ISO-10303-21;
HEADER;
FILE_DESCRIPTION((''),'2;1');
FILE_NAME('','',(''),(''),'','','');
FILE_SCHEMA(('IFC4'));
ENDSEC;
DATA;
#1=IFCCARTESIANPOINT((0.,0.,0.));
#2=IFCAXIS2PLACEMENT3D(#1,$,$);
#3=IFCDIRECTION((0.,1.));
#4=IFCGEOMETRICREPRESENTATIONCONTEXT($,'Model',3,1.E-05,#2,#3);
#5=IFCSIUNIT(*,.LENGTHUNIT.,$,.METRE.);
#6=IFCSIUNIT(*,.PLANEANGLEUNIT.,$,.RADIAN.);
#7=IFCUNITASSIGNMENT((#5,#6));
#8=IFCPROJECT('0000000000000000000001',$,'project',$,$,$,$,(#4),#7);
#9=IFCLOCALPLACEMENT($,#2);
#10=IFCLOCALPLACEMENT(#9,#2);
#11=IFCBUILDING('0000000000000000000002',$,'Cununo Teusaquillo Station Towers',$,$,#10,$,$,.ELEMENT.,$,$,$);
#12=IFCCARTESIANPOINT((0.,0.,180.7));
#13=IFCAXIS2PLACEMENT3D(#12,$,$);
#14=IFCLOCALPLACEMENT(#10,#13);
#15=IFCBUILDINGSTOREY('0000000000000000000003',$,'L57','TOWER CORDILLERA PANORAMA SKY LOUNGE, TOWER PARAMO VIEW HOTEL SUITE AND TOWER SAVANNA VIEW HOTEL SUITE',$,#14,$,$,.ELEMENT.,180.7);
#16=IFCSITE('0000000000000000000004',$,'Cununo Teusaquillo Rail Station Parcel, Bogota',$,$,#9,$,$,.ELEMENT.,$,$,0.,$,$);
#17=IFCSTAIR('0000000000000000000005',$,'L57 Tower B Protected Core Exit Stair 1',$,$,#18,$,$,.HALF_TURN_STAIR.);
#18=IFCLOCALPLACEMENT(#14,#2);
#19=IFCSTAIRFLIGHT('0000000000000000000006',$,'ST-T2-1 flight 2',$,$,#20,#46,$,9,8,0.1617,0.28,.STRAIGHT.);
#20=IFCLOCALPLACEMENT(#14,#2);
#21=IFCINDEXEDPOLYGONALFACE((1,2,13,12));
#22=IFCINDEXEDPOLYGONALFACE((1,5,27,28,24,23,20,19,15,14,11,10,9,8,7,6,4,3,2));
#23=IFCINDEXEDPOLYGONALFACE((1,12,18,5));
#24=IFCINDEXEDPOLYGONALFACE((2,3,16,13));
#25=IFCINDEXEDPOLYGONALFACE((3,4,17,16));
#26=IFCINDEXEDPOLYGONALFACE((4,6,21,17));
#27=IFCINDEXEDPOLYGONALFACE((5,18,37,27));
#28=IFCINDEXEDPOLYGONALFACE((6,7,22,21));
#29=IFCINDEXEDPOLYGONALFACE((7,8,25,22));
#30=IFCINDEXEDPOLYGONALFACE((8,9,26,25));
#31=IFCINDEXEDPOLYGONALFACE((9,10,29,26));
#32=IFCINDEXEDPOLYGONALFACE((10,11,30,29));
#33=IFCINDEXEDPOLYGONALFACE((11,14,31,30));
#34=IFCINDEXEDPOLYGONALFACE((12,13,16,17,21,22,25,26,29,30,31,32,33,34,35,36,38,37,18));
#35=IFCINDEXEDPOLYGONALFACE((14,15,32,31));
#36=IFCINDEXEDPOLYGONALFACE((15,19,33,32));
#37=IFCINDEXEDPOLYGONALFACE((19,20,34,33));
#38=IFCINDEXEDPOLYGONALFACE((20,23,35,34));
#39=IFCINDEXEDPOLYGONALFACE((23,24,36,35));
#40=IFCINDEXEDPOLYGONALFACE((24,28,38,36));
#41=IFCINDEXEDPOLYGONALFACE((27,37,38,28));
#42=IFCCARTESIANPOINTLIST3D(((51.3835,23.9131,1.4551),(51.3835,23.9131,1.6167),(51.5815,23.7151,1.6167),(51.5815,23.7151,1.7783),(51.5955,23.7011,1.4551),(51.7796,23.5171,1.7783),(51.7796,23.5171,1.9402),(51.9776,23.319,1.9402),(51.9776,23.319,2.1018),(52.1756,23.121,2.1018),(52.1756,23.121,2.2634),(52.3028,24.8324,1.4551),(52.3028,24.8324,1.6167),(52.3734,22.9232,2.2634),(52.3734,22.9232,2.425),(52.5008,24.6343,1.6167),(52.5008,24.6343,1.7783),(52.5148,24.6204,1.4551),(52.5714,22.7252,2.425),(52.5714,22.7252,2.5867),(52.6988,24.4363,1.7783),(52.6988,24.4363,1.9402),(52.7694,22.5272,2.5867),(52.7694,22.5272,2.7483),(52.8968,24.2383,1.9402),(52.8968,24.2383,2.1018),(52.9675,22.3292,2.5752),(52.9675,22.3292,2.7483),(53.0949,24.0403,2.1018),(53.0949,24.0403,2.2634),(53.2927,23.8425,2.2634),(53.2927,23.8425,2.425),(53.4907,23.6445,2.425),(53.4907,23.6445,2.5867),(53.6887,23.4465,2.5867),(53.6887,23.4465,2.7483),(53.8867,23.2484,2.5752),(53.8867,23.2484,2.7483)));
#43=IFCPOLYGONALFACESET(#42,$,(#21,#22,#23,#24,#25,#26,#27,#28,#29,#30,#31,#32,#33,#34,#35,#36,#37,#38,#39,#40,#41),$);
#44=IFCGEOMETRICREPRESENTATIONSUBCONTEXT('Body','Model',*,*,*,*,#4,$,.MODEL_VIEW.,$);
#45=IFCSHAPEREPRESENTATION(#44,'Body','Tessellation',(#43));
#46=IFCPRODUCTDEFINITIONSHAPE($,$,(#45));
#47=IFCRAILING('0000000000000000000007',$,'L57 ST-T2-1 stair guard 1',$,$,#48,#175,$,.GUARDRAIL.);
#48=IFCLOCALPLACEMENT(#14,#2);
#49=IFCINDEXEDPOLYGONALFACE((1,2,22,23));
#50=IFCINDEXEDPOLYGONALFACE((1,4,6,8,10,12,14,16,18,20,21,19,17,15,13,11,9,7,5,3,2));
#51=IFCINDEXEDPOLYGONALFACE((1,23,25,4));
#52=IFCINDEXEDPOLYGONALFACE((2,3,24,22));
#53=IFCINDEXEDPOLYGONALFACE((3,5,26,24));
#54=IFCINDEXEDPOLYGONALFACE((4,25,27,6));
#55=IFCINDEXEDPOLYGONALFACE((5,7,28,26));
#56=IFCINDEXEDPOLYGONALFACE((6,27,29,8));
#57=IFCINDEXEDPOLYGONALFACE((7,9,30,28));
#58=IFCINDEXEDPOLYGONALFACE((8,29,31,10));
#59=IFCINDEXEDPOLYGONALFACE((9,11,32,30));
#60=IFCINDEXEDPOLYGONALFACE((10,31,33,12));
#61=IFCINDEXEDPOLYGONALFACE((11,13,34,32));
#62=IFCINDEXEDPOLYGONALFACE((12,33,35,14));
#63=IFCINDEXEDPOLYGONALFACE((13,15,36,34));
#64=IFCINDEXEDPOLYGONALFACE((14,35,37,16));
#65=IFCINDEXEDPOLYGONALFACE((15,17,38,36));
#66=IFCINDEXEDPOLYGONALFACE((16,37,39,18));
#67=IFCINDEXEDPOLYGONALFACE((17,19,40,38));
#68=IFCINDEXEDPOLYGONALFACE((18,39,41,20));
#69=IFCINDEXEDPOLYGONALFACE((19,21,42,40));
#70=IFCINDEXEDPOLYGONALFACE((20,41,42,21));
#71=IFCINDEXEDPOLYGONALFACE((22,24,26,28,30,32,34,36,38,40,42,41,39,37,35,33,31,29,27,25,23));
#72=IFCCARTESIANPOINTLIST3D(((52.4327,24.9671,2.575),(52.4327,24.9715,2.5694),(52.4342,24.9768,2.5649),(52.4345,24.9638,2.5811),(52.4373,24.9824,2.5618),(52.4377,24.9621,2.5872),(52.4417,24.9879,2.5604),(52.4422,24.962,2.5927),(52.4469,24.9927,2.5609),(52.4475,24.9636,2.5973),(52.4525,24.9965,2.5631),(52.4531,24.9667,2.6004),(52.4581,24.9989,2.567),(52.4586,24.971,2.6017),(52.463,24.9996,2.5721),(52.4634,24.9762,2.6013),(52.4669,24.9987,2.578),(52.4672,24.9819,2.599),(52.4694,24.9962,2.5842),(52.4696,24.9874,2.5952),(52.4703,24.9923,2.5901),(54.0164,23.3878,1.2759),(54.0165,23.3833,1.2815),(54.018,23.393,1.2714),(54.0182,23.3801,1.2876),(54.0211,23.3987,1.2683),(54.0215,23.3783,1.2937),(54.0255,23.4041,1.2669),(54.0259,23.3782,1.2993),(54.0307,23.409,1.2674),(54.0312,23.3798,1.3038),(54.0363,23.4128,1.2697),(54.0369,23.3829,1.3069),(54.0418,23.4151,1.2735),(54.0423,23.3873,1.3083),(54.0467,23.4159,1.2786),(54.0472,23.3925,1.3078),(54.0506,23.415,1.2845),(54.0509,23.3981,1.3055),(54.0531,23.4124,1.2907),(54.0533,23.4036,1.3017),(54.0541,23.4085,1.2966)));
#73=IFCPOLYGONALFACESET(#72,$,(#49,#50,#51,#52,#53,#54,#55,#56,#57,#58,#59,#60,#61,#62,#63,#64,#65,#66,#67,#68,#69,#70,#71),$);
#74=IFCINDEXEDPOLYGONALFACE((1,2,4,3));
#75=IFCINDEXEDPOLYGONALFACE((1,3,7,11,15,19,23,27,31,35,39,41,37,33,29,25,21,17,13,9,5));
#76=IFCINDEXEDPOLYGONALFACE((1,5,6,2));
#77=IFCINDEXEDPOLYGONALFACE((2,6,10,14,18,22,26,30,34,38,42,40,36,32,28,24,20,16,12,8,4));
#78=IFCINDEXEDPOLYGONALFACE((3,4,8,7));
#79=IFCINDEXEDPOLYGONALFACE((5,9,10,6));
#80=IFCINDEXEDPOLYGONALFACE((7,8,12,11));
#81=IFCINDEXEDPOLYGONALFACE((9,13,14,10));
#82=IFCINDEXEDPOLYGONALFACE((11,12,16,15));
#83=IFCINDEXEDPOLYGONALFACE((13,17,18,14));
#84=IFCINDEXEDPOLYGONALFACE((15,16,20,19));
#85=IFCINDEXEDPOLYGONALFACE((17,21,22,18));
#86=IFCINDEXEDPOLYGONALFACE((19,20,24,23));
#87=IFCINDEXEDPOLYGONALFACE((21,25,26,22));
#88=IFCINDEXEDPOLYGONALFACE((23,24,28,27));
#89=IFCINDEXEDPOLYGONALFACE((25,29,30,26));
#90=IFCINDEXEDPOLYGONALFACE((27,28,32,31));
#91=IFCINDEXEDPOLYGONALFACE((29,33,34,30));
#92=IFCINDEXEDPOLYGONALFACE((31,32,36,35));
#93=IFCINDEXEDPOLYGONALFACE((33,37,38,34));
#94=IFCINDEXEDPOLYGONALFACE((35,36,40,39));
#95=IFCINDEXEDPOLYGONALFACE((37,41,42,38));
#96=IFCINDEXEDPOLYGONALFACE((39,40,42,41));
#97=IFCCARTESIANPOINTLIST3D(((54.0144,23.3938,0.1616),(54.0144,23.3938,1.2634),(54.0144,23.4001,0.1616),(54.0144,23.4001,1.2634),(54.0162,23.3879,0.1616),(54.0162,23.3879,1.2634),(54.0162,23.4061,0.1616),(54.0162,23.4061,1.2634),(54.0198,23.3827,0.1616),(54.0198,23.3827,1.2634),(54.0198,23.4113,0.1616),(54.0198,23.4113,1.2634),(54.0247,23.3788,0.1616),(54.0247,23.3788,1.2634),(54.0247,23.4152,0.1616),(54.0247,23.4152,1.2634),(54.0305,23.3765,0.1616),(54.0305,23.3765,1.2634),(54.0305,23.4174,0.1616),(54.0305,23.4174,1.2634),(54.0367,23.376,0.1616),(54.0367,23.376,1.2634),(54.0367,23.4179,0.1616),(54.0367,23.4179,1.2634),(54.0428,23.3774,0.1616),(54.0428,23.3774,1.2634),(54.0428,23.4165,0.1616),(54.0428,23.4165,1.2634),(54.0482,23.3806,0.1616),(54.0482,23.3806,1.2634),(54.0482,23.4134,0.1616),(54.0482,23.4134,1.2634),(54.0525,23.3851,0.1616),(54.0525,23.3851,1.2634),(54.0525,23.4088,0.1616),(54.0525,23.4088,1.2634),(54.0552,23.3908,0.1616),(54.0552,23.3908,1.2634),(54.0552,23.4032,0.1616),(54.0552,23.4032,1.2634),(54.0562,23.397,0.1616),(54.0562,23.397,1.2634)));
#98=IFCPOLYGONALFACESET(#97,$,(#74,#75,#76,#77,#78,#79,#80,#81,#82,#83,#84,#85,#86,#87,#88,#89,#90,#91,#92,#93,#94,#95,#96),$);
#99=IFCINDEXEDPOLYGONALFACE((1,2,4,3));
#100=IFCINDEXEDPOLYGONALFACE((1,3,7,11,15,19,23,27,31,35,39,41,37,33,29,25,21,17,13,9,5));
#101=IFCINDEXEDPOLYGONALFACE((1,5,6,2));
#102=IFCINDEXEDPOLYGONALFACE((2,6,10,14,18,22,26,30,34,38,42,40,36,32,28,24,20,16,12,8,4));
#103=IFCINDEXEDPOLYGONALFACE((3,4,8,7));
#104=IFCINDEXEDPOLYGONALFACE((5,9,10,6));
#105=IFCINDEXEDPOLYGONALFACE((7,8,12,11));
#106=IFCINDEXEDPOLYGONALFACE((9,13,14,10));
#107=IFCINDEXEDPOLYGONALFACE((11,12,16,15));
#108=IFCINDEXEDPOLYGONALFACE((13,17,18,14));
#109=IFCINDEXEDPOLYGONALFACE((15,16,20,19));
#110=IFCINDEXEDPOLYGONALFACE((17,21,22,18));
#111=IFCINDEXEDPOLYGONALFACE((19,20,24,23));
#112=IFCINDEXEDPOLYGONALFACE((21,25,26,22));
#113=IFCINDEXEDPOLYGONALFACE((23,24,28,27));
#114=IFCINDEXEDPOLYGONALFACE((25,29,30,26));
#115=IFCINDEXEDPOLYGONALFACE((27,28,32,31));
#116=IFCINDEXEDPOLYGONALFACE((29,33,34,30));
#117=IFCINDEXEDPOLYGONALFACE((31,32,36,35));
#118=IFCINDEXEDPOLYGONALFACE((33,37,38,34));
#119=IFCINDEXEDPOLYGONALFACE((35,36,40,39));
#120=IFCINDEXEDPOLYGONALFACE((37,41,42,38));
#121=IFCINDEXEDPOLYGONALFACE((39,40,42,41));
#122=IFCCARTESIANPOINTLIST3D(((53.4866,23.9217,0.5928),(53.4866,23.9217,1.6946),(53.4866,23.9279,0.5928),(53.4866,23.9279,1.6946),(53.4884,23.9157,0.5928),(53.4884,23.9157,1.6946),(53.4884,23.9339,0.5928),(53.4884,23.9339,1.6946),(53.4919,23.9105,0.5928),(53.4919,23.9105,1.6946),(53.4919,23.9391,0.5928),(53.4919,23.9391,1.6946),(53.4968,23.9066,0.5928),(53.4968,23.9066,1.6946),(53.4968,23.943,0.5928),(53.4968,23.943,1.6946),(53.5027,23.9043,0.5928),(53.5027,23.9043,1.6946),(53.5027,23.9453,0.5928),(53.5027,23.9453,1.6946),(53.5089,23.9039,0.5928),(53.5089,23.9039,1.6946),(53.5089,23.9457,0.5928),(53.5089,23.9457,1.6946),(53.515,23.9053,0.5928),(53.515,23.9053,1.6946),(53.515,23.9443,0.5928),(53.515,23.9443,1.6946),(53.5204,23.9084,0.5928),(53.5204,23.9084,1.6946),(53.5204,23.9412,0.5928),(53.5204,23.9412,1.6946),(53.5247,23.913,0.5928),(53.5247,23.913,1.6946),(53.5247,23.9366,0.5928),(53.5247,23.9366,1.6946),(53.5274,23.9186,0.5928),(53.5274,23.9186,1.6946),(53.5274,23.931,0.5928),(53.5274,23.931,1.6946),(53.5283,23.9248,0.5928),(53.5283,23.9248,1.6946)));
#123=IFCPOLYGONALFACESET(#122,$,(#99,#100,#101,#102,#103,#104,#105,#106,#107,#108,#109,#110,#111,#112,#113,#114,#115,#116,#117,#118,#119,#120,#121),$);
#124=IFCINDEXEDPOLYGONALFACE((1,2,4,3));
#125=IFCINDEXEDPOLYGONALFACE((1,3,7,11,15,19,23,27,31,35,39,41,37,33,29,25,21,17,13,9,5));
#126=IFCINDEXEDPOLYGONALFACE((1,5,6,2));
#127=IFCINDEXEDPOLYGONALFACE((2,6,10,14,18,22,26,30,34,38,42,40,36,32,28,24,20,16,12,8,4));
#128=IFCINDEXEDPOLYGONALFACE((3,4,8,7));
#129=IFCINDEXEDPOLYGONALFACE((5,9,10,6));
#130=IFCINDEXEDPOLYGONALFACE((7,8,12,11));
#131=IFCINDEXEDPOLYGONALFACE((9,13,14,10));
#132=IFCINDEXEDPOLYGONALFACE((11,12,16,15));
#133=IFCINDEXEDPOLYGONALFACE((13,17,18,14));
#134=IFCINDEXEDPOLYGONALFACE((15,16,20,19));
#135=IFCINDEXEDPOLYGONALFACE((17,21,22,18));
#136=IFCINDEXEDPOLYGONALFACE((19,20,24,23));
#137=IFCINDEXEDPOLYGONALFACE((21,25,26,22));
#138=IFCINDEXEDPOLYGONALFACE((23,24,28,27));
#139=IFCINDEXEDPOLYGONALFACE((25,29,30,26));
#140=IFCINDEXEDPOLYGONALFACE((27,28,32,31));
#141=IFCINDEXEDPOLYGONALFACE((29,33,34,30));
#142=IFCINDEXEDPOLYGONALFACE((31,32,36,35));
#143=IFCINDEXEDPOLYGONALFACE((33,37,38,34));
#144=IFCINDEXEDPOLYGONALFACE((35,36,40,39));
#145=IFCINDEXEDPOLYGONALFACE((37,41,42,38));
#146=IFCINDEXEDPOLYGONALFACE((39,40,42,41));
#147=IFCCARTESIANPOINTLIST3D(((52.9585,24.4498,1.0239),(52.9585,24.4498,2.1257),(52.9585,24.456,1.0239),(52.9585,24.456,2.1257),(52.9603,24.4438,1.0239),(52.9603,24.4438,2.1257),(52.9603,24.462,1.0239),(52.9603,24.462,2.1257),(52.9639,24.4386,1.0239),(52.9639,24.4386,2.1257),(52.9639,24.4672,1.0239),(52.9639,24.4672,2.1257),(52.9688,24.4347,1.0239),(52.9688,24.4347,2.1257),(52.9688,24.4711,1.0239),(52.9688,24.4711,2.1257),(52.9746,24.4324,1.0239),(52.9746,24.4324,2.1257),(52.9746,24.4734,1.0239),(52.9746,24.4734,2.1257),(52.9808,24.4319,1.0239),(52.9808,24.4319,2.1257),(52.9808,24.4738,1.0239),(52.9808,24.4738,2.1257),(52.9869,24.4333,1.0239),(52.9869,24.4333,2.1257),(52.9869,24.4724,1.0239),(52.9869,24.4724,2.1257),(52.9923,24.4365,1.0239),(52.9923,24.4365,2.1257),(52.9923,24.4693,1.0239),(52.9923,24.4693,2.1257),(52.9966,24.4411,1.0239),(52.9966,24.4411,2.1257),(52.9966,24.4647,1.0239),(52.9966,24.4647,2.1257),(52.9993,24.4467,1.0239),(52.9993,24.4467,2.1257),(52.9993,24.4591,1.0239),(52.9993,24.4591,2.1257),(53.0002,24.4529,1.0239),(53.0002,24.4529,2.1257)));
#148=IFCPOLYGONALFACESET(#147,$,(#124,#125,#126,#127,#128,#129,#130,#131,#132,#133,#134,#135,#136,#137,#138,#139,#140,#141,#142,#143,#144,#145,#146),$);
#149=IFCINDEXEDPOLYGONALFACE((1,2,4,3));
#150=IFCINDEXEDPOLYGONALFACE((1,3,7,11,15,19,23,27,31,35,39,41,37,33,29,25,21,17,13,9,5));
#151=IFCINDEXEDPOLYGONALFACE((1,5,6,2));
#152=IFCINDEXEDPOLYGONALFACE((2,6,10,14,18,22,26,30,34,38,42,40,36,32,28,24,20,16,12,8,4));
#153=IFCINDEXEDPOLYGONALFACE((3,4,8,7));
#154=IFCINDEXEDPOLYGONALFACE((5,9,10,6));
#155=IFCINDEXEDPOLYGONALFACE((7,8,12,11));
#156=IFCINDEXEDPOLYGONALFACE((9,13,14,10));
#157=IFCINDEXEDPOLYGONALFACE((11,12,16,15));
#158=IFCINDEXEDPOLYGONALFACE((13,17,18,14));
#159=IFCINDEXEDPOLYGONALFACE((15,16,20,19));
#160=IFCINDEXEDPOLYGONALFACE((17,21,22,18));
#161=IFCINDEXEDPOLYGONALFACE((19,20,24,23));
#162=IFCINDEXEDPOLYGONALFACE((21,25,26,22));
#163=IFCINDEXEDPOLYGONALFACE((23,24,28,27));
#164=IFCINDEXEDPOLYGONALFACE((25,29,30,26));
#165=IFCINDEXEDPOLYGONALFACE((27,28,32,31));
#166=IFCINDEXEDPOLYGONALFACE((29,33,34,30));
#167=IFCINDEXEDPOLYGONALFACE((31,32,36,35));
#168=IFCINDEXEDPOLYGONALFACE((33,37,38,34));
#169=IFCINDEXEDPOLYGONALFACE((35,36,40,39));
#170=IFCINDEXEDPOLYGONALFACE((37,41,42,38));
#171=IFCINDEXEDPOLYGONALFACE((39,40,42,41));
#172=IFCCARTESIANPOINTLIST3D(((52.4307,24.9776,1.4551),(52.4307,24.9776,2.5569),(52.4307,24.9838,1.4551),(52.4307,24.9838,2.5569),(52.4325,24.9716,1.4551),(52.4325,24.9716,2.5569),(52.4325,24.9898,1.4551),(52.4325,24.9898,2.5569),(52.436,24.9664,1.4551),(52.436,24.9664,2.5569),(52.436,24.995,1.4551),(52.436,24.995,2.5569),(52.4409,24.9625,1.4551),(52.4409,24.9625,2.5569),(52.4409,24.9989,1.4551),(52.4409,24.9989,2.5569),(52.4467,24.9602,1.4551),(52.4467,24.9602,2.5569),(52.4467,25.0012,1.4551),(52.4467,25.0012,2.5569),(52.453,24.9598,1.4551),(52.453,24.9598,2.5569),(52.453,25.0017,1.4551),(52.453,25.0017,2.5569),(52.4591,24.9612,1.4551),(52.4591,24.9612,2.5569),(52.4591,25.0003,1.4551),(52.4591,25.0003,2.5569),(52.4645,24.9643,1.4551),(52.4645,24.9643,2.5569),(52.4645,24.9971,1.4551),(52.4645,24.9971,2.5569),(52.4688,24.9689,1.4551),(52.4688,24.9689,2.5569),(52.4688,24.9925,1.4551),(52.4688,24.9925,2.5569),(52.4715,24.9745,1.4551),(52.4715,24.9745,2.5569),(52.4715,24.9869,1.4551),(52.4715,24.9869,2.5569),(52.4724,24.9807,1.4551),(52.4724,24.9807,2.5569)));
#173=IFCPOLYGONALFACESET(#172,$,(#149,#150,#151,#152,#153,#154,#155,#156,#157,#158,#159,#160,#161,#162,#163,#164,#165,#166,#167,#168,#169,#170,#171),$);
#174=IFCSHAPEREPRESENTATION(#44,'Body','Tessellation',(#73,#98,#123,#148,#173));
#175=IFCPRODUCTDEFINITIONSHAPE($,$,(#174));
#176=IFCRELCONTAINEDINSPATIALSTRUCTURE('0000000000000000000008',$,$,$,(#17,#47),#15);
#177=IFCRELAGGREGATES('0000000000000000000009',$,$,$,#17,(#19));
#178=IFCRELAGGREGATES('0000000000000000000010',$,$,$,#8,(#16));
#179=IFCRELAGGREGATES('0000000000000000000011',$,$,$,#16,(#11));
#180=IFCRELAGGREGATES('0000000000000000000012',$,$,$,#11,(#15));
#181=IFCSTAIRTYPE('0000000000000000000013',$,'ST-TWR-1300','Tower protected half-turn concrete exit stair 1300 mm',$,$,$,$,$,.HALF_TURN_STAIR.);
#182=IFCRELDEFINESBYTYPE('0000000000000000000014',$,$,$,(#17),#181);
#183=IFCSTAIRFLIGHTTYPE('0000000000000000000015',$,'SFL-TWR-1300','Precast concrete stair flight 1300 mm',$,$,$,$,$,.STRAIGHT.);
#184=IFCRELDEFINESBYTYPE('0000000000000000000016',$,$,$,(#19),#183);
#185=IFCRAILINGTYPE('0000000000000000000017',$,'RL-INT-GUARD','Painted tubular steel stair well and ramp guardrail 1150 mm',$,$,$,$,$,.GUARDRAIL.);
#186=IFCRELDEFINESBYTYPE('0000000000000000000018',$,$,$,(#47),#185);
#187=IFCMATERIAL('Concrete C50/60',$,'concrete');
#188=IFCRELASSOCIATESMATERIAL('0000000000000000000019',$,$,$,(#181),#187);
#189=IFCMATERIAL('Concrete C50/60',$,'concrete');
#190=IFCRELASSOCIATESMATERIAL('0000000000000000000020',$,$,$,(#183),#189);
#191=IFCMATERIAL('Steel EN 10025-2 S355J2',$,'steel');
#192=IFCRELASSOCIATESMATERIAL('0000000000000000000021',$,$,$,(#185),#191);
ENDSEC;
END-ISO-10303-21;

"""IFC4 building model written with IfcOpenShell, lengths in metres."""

from ifc_helpers import new_model, si_unit, direction, frame, origin, origin_2d, place, context, subcontext, project, spatial, polyline, circle, outline, extrude, material, type_object, element, aggregate, save


model = new_model("IFC4")

# Units and contexts
model_context = context("Model", 3, precision=1e-05, world=origin(), true_north=direction((0.0, 1.0)))
body_context = subcontext(model_context, "Body", "Model", "MODEL_VIEW")
ifc_project = project(units=[si_unit("LENGTHUNIT", "METRE"), si_unit("PLANEANGLEUNIT", "RADIAN")], contexts=[model_context])

# Site, building, storey
site_placement = place(None, origin())
site = spatial("IfcSite", under=ifc_project, at=site_placement, Name="Cununo Teusaquillo Rail Station Parcel, Bogota", CompositionType="ELEMENT", RefElevation=0.0)
building_placement = place(site_placement, origin())
building = spatial("IfcBuilding", under=site, at=building_placement, Name="Cununo Teusaquillo Station Towers", CompositionType="ELEMENT")
storey_placement = place(building_placement, frame((0.0, 0.0, 180.7)))
storey = spatial("IfcBuildingStorey", under=building, at=storey_placement, Name="L57", Description="TOWER CORDILLERA PANORAMA SKY LOUNGE, TOWER PARAMO VIEW HOTEL SUITE AND TOWER SAVANNA VIEW HOTEL SUITE", CompositionType="ELEMENT", Elevation=180.7)

# Stair, stair flight
ifc_material_1 = material(Name="Concrete C50/60", Category="concrete")
stair_type = type_object("IfcStairType", Name="ST-TWR-1300", Description="Tower protected half-turn concrete exit stair 1300 mm", PredefinedType="HALF_TURN_STAIR", material=ifc_material_1)
stair_placement = place(storey_placement, origin())
stair = element("IfcStair", 1, at=stair_placement, inside=storey, type_object=stair_type, Name="L57 Tower B Protected Core Exit Stair 1", PredefinedType="HALF_TURN_STAIR")
ifc_material_2 = material(Name="Concrete C50/60", Category="concrete")
stair_flight_type = type_object("IfcStairFlightType", Name="SFL-TWR-1300", Description="Precast concrete stair flight 1300 mm", PredefinedType="STRAIGHT", material=ifc_material_2)
stair_flight_1_placement = place(storey_placement, frame((51.8433, 24.3728, 1.4551), z_axis=(0.0, 0.0, 1.0), x_axis=(0.707107, -0.707107, 0.0)))
stair_flight_1 = element("IfcStairFlight", 2, at=stair_flight_1_placement, type_object=stair_flight_type, Name="ST-T2-1 flight 2", NumberOfRisers=9, NumberOfTreads=8, PredefinedType="STRAIGHT", RiserHeight=0.1617, TreadLength=0.28, context=body_context, shape_type="SweptSolid", body=[
    extrude(outline(polyline([(0.0, 0.0), (0.0, 0.1616), (0.28, 0.1616), (0.28, 0.3232), (0.5601, 0.3232), (0.5601, 0.4851), (0.8401, 0.4851), (0.8401, 0.6467), (1.1201, 0.6467), (1.1201, 0.8083), (1.3999, 0.8083), (1.3999, 0.97), (1.6799, 0.97), (1.6799, 1.1316), (1.96, 1.1316), (1.96, 1.2932), (2.24, 1.2932), (2.24, 1.4551), (2.24, 1.1201), (0.2998, 0.0), (0.0, 0.0)])), frame((0.0, 0.6499, 0.0), z_axis=(0.0, -1.0, 0.0), x_axis=(1.0, 0.0, 0.0)), (0.0, 0.0, 1.0), 1.3),
])
aggregate(stair, [stair_flight_1])

# Railing
ifc_material_3 = material(Name="Steel EN 10025-2 S355J2", Category="steel")
railing_type_1 = type_object("IfcRailingType", Name="RL-INT-GUARD", Description="Painted tubular steel stair well and ramp guardrail 1150 mm", PredefinedType="GUARDRAIL", material=ifc_material_3)
railing_1_placement = place(storey_placement, frame((54.0352, 23.397, 0.1616)))
element("IfcRailing", 3, at=railing_1_placement, inside=storey, type_object=railing_type_1, Name="L57 ST-T2-1 stair guard 1", PredefinedType="GUARDRAIL", context=body_context, shape_type="SweptSolid", body=[
    extrude(circle(Radius=0.0239, at=origin_2d()), frame((0.0, 0.0, 1.126), z_axis=(-0.612332, 0.612332, 0.500098), x_axis=(-0.707107, -0.707107, 0.0)), (0.0, 0.0, 1.0), 2.5864),
    extrude(circle(Radius=0.021, at=origin_2d()), origin(), (0.0, 0.0, 1.0), 1.1018),
    extrude(circle(Radius=0.021, at=origin_2d()), frame((-0.5278, 0.5278, 0.4312)), (0.0, 0.0, 1.0), 1.1018),
    extrude(circle(Radius=0.021, at=origin_2d()), frame((-1.0559, 1.0559, 0.8623)), (0.0, 0.0, 1.0), 1.1018),
    extrude(circle(Radius=0.021, at=origin_2d()), frame((-1.5837, 1.5837, 1.2935)), (0.0, 0.0, 1.0), 1.1018),
])

save(model, "model.ifc")
